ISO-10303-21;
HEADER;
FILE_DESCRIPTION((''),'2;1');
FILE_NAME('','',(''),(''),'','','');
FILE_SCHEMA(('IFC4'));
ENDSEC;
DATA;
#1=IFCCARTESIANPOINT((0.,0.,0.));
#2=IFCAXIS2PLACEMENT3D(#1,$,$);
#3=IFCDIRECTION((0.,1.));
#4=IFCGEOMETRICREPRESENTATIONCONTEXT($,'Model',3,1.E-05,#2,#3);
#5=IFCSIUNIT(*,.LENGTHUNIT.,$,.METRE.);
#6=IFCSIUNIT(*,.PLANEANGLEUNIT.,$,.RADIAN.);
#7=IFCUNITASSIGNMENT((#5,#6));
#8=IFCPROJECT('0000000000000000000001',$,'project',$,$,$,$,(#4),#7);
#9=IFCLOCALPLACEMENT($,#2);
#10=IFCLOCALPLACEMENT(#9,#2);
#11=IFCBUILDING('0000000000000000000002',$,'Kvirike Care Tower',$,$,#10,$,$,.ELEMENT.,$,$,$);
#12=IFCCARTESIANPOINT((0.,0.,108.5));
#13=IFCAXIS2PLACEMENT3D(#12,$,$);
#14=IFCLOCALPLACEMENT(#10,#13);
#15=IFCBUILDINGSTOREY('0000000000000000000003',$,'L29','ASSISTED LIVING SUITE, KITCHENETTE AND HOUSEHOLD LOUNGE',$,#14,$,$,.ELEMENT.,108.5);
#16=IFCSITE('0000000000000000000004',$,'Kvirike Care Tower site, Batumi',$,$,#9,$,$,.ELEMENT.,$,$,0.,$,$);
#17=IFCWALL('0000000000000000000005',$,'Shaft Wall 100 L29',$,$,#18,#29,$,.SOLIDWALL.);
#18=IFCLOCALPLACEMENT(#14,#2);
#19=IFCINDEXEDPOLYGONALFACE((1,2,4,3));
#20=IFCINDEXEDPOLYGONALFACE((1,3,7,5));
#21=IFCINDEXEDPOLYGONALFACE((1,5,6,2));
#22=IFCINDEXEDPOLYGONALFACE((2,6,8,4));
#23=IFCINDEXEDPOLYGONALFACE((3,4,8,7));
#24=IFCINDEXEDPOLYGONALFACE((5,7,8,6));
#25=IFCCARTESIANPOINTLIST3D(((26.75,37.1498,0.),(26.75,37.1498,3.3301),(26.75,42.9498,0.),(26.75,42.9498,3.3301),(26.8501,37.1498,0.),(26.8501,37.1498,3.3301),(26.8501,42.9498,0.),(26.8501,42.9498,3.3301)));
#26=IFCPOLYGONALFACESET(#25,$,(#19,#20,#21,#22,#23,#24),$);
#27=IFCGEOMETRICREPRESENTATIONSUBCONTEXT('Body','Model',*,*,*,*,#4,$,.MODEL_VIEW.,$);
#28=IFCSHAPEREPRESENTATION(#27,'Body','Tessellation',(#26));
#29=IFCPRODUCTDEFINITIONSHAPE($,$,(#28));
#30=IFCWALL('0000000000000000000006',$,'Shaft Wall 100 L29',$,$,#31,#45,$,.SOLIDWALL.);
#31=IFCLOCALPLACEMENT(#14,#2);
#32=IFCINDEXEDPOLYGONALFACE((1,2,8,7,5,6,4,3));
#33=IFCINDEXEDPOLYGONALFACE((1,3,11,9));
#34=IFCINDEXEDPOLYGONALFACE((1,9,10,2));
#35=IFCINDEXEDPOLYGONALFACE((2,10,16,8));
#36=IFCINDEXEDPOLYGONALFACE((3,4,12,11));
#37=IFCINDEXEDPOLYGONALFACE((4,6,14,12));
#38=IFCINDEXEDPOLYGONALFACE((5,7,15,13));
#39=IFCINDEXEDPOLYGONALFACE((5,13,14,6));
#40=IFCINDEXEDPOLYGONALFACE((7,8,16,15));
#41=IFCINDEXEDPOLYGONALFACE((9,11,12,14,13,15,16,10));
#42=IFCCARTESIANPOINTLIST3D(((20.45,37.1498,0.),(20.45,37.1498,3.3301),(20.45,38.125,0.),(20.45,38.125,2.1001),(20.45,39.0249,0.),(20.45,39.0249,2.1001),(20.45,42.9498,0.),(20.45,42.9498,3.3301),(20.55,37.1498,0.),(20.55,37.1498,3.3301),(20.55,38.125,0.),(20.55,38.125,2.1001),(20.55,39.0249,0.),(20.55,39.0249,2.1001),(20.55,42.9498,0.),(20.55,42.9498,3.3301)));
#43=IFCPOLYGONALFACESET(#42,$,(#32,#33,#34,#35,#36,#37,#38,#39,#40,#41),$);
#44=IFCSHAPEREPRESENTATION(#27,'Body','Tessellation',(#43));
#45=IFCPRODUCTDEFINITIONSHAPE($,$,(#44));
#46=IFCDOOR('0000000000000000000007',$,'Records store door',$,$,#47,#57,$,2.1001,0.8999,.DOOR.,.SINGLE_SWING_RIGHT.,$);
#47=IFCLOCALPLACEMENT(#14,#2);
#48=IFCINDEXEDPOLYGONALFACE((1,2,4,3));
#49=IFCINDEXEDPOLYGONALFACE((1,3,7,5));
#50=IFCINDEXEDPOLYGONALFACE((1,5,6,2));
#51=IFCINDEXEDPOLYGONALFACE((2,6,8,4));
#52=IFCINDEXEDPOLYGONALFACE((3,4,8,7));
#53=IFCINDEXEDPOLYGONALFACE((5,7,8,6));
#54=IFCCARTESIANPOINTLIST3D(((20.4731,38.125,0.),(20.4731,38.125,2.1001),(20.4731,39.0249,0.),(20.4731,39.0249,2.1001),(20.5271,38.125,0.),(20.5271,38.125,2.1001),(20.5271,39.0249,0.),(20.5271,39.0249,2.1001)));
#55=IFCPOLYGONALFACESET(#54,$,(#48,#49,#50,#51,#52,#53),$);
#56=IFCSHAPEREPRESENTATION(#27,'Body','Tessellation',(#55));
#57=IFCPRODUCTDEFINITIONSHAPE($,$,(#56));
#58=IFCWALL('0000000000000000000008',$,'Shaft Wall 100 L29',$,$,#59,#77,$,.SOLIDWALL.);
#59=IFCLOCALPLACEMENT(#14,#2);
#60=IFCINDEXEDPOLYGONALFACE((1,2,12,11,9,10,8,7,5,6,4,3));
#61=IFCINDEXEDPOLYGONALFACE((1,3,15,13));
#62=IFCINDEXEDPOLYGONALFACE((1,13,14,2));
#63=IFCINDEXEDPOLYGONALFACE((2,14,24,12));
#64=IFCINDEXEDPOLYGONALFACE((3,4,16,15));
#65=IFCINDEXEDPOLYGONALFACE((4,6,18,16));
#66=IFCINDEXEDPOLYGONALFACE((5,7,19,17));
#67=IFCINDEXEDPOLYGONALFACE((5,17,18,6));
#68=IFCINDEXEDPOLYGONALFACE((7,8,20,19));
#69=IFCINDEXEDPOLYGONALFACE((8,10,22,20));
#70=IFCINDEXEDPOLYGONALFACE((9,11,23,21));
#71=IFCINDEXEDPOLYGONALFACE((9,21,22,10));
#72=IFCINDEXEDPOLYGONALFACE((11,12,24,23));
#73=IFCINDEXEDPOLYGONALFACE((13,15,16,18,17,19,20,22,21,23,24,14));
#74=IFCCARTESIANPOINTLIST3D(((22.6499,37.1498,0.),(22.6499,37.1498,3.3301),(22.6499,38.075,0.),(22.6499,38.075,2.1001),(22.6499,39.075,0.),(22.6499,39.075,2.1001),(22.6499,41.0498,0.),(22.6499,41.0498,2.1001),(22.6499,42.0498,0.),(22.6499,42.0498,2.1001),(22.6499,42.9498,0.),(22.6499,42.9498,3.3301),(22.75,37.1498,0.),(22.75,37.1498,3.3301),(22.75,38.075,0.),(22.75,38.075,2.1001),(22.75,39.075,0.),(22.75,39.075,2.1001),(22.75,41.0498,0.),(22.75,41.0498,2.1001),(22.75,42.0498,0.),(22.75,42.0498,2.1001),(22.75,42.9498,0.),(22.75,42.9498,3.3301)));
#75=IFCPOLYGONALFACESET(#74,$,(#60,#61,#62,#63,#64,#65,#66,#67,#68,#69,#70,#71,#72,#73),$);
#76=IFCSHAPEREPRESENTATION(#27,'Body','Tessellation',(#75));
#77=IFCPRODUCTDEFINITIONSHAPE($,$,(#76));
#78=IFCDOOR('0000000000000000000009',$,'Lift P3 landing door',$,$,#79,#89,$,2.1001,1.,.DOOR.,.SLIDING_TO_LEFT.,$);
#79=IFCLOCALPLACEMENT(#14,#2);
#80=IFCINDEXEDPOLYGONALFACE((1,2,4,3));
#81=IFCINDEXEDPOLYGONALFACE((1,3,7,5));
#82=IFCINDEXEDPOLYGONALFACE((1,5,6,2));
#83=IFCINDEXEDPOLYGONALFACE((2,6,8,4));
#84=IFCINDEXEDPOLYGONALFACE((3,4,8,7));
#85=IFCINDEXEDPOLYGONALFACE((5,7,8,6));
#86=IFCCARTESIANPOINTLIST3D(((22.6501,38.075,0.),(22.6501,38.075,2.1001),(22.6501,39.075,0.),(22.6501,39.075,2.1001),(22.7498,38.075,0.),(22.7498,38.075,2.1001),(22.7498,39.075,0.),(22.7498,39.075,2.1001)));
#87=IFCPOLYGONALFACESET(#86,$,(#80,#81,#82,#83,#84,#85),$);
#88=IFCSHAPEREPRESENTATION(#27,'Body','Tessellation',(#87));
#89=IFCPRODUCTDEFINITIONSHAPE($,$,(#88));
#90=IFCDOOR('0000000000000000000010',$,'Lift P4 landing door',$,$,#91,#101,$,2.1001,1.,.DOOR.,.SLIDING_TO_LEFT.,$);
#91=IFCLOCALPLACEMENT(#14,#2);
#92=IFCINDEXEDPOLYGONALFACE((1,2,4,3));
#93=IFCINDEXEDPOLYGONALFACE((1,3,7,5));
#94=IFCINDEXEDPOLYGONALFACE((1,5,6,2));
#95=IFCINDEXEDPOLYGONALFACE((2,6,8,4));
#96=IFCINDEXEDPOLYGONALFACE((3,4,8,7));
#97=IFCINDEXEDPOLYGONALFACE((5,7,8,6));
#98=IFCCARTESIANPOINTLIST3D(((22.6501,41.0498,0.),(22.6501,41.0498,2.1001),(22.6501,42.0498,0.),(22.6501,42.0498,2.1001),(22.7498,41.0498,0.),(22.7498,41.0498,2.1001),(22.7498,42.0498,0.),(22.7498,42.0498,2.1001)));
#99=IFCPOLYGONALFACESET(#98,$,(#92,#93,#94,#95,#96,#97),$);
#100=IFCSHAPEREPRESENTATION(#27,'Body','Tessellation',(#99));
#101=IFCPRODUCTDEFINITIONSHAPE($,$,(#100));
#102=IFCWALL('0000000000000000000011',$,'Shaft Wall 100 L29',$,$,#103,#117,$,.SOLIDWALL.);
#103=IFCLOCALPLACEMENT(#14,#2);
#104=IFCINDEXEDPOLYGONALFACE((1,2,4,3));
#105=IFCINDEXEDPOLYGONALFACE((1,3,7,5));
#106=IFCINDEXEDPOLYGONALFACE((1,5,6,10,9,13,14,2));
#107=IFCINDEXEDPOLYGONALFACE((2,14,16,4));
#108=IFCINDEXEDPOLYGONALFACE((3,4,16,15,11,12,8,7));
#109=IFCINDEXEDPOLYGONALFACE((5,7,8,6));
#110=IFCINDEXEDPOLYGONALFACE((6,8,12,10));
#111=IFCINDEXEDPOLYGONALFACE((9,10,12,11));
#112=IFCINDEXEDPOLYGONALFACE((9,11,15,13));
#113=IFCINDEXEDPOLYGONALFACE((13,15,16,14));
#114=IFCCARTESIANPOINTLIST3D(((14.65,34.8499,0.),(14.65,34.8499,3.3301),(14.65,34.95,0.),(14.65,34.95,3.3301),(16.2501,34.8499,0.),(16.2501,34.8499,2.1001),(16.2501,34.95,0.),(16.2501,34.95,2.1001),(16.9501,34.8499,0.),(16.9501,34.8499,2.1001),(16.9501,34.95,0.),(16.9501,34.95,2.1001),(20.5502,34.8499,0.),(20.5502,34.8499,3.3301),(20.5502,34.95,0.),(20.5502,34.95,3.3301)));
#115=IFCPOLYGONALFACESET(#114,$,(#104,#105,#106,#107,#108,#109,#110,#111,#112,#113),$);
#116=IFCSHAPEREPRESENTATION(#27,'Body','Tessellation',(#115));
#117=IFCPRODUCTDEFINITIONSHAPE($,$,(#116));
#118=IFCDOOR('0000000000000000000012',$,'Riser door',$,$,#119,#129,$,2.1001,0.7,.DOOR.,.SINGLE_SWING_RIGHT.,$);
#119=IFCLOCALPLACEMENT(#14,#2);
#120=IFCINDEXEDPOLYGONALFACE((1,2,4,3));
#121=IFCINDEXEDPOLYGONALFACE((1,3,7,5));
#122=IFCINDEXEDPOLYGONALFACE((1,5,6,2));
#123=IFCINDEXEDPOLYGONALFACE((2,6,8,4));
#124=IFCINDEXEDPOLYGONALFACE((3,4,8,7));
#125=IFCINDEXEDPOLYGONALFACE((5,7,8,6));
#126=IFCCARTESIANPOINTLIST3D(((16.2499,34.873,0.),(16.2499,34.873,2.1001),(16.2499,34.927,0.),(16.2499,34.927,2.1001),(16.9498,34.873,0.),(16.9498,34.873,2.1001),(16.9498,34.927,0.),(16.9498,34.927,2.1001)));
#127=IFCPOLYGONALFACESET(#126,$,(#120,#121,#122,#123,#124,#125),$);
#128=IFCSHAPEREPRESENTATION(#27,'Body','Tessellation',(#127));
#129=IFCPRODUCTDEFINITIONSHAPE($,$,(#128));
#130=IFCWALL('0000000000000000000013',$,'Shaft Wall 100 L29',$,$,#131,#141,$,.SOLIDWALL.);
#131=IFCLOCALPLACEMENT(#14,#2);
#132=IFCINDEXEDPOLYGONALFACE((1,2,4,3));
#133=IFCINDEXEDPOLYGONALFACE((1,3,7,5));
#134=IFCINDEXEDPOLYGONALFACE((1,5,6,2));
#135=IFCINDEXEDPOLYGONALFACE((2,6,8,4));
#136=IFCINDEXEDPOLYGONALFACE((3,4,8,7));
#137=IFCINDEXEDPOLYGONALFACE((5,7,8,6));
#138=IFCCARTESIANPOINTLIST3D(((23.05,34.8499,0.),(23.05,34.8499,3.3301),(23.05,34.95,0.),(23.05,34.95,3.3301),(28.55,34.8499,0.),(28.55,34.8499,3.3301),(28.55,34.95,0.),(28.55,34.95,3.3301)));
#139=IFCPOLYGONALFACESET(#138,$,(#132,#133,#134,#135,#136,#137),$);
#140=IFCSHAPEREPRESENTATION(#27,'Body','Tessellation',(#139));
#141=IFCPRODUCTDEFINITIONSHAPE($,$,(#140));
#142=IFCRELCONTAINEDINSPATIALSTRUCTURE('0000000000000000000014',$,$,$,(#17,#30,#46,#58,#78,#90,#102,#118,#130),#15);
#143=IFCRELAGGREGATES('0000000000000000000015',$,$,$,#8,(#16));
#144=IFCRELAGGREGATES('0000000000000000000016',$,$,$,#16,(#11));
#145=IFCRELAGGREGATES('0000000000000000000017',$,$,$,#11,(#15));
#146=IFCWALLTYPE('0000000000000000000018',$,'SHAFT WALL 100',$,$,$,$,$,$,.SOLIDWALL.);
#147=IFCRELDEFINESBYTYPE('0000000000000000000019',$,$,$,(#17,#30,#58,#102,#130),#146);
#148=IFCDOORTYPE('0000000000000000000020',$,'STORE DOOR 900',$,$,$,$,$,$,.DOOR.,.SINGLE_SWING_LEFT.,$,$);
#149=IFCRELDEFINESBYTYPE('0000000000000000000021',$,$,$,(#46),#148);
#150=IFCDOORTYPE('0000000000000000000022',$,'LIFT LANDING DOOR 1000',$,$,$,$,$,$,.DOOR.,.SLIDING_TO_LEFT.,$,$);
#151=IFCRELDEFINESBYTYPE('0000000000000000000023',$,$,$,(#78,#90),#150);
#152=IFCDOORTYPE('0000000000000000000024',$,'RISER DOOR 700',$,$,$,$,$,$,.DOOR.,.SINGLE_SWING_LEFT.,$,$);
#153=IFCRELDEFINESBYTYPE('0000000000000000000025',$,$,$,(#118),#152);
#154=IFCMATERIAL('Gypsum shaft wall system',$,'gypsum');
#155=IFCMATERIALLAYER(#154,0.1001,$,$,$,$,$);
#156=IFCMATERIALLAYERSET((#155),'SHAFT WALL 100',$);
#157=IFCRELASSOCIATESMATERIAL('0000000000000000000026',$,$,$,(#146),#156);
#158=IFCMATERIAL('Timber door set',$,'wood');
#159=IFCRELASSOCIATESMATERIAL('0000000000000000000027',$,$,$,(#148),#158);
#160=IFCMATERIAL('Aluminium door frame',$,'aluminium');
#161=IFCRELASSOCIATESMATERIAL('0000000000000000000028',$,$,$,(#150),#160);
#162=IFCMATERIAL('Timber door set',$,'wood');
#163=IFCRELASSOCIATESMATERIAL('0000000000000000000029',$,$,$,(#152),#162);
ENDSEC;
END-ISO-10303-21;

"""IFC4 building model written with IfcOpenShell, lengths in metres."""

from ifc_helpers import new_model, si_unit, direction, frame, frame_2d, origin, place, context, subcontext, project, spatial, rectangle, extrude, material, layer, layer_set, type_object, element, fill, save


model = new_model("IFC4")

# Units and contexts
model_context = context("Model", 3, precision=1e-05, world=origin(), true_north=direction((0.0, 1.0)))
body_context = subcontext(model_context, "Body", "Model", "MODEL_VIEW")
ifc_project = project(units=[si_unit("LENGTHUNIT", "METRE"), si_unit("PLANEANGLEUNIT", "RADIAN")], contexts=[model_context])

# Site, building, storey
site_placement = place(None, origin())
site = spatial("IfcSite", under=ifc_project, at=site_placement, Name="Kvirike Care Tower site, Batumi", CompositionType="ELEMENT", RefElevation=0.0)
building_placement = place(site_placement, origin())
building = spatial("IfcBuilding", under=site, at=building_placement, Name="Kvirike Care Tower", CompositionType="ELEMENT")
storey_placement = place(building_placement, frame((0.0, 0.0, 108.5)))
storey = spatial("IfcBuildingStorey", under=building, at=storey_placement, Name="L29", Description="ASSISTED LIVING SUITE, KITCHENETTE AND HOUSEHOLD LOUNGE", CompositionType="ELEMENT", Elevation=108.5)

# Wall
ifc_material_1 = material(Name="Gypsum shaft wall system", Category="gypsum")
ifc_layer_1 = layer(ifc_material_1, 0.1001)
ifc_layer_set_1 = layer_set([ifc_layer_1], Name="SHAFT WALL 100")
wall_type_1 = type_object("IfcWallType", Name="SHAFT WALL 100", PredefinedType="SOLIDWALL", material=ifc_layer_set_1)
for number, where, z_axis, x_axis, name in (
    (1, (26.8, 37.1499, 0.0), (0.0, 0.0, 1.0), (0.0, 1.0, 0.0), "Shaft Wall 100 L29"),
):
    element("IfcWall", number, at=place(storey_placement, frame(where, z_axis=z_axis, x_axis=x_axis)), inside=storey, type_object=wall_type_1, Name=name, PredefinedType="SOLIDWALL", context=body_context, shape_type="SweptSolid", body=[
        extrude(rectangle(XDim=5.8, YDim=0.1001, at=frame_2d((2.8999, 0.0))), origin(), (0.0, 0.0, 1.0), 3.3301),
    ])

# Wall, opening, door
wall_1_placement = place(storey_placement, frame((20.5, 37.1499, 0.0), z_axis=(0.0, 0.0, 1.0), x_axis=(0.0, 1.0, 0.0)))
wall_1 = element("IfcWall", 2, at=wall_1_placement, inside=storey, type_object=wall_type_1, Name="Shaft Wall 100 L29", PredefinedType="SOLIDWALL", context=body_context, shape_type="SweptSolid", body=[
    extrude(rectangle(XDim=5.8, YDim=0.1001, at=frame_2d((2.8999, 0.0))), origin(), (0.0, 0.0, 1.0), 3.3301),
])
opening_1_placement = place(wall_1_placement, frame((0.9751, 0.0, 0.0)))
opening_1 = element("IfcOpeningElement", 3, at=opening_1_placement, cuts=wall_1, PredefinedType="OPENING", context=body_context, shape_type="SweptSolid", body=[
    extrude(rectangle(XDim=0.8999, YDim=2.1001, at=frame_2d((0.45, 1.05))), frame((0.0, 0.0605, 0.0), z_axis=(0.0, -1.0, 0.0), x_axis=(1.0, 0.0, 0.0)), (0.0, 0.0, 1.0), 0.1211),
])
ifc_material_2 = material(Name="Timber door set", Category="wood")
door_type_1 = type_object("IfcDoorType", Name="STORE DOOR 900", OperationType="SINGLE_SWING_LEFT", PredefinedType="DOOR", material=ifc_material_2)
door_1_placement = place(opening_1_placement, origin())
door_1 = element("IfcDoor", 4, at=door_1_placement, inside=storey, type_object=door_type_1, Name="Records store door", OperationType="SINGLE_SWING_RIGHT", OverallHeight=2.1001, OverallWidth=0.8999, PredefinedType="DOOR", context=body_context, shape_type="SweptSolid", body=[
    extrude(rectangle(XDim=0.8999, YDim=2.1001, at=frame_2d((0.45, 1.05))), frame((0.0, 0.0269, 0.0), z_axis=(0.0, -1.0, 0.0), x_axis=(1.0, 0.0, 0.0)), (0.0, 0.0, 1.0), 0.054),
])
fill(opening_1, door_1)

# Wall, openings, doors
wall_2_placement = place(storey_placement, frame((22.7, 37.1499, 0.0), z_axis=(0.0, 0.0, 1.0), x_axis=(0.0, 1.0, 0.0)))
wall_2 = element("IfcWall", 5, at=wall_2_placement, inside=storey, type_object=wall_type_1, Name="Shaft Wall 100 L29", PredefinedType="SOLIDWALL", context=body_context, shape_type="SweptSolid", body=[
    extrude(rectangle(XDim=5.8, YDim=0.1001, at=frame_2d((2.8999, 0.0))), origin(), (0.0, 0.0, 1.0), 3.3301),
])
opening_2_placement = place(wall_2_placement, frame((0.925, 0.0, 0.0)))
opening_2 = element("IfcOpeningElement", 6, at=opening_2_placement, cuts=wall_2, PredefinedType="OPENING", context=body_context, shape_type="SweptSolid", body=[
    extrude(rectangle(XDim=1.0, YDim=2.1001, at=frame_2d((0.5, 1.05))), frame((0.0, 0.0605, 0.0), z_axis=(0.0, -1.0, 0.0), x_axis=(1.0, 0.0, 0.0)), (0.0, 0.0, 1.0), 0.1211),
])
opening_3_placement = place(wall_2_placement, frame((3.8999, 0.0, 0.0)))
opening_3 = element("IfcOpeningElement", 7, at=opening_3_placement, cuts=wall_2, PredefinedType="OPENING", context=body_context, shape_type="SweptSolid", body=[
    extrude(rectangle(XDim=1.0, YDim=2.1001, at=frame_2d((0.5, 1.05))), frame((0.0, 0.0605, 0.0), z_axis=(0.0, -1.0, 0.0), x_axis=(1.0, 0.0, 0.0)), (0.0, 0.0, 1.0), 0.1211),
])
ifc_material_3 = material(Name="Aluminium door frame", Category="aluminium")
door_type_2 = type_object("IfcDoorType", Name="LIFT LANDING DOOR 1000", OperationType="SLIDING_TO_LEFT", PredefinedType="DOOR", material=ifc_material_3)
door_2_placement = place(opening_2_placement, origin())
door_2 = element("IfcDoor", 8, at=door_2_placement, inside=storey, type_object=door_type_2, Name="Lift P3 landing door", OperationType="SLIDING_TO_LEFT", OverallHeight=2.1001, OverallWidth=1.0, PredefinedType="DOOR", context=body_context, shape_type="SweptSolid", body=[
    extrude(rectangle(XDim=1.0, YDim=2.1001, at=frame_2d((0.5, 1.05))), frame((0.0, 0.0498, 0.0), z_axis=(0.0, -1.0, 0.0), x_axis=(1.0, 0.0, 0.0)), (0.0, 0.0, 1.0), 0.0996),
])
fill(opening_2, door_2)
door_3_placement = place(opening_3_placement, origin())
door_3 = element("IfcDoor", 9, at=door_3_placement, inside=storey, type_object=door_type_2, Name="Lift P4 landing door", OperationType="SLIDING_TO_LEFT", OverallHeight=2.1001, OverallWidth=1.0, PredefinedType="DOOR", context=body_context, shape_type="SweptSolid", body=[
    extrude(rectangle(XDim=1.0, YDim=2.1001, at=frame_2d((0.5, 1.05))), frame((0.0, 0.0498, 0.0), z_axis=(0.0, -1.0, 0.0), x_axis=(1.0, 0.0, 0.0)), (0.0, 0.0, 1.0), 0.0996),
])
fill(opening_3, door_3)

# Wall, opening, door
wall_3_placement = place(storey_placement, frame((14.6499, 34.8999, 0.0), z_axis=(0.0, 0.0, 1.0), x_axis=(1.0, 0.0, 0.0)))
wall_3 = element("IfcWall", 10, at=wall_3_placement, inside=storey, type_object=wall_type_1, Name="Shaft Wall 100 L29", PredefinedType="SOLIDWALL", context=body_context, shape_type="SweptSolid", body=[
    extrude(rectangle(XDim=5.9001, YDim=0.1001, at=frame_2d((2.9502, 0.0))), origin(), (0.0, 0.0, 1.0), 3.3301),
])
opening_4_placement = place(wall_3_placement, frame((1.6001, 0.0, 0.0)))
opening_4 = element("IfcOpeningElement", 11, at=opening_4_placement, cuts=wall_3, PredefinedType="OPENING", context=body_context, shape_type="SweptSolid", body=[
    extrude(rectangle(XDim=0.7, YDim=2.1001, at=frame_2d((0.3501, 1.05))), frame((0.0, 0.0605, 0.0), z_axis=(0.0, -1.0, 0.0), x_axis=(1.0, 0.0, 0.0)), (0.0, 0.0, 1.0), 0.1211),
])
ifc_material_4 = material(Name="Timber door set", Category="wood")
door_type_3 = type_object("IfcDoorType", Name="RISER DOOR 700", OperationType="SINGLE_SWING_LEFT", PredefinedType="DOOR", material=ifc_material_4)
door_4_placement = place(opening_4_placement, frame((0.7, 0.0, 0.0), z_axis=(0.0, 0.0, 1.0), x_axis=(-1.0, 0.0, 0.0)))
door_4 = element("IfcDoor", 12, at=door_4_placement, inside=storey, type_object=door_type_3, Name="Riser door", OperationType="SINGLE_SWING_RIGHT", OverallHeight=2.1001, OverallWidth=0.7, PredefinedType="DOOR", context=body_context, shape_type="SweptSolid", body=[
    extrude(rectangle(XDim=0.7, YDim=2.1001, at=frame_2d((0.3501, 1.05))), frame((0.0, 0.0269, 0.0), z_axis=(0.0, -1.0, 0.0), x_axis=(1.0, 0.0, 0.0)), (0.0, 0.0, 1.0), 0.054),
])
fill(opening_4, door_4)

# Wall
wall_4_placement = place(storey_placement, frame((23.05, 34.8999, 0.0), z_axis=(0.0, 0.0, 1.0), x_axis=(1.0, 0.0, 0.0)))
element("IfcWall", 13, at=wall_4_placement, inside=storey, type_object=wall_type_1, Name="Shaft Wall 100 L29", PredefinedType="SOLIDWALL", context=body_context, shape_type="SweptSolid", body=[
    extrude(rectangle(XDim=5.5, YDim=0.1001, at=frame_2d((2.75, 0.0))), origin(), (0.0, 0.0, 1.0), 3.3301),
])

save(model, "model.ifc")
